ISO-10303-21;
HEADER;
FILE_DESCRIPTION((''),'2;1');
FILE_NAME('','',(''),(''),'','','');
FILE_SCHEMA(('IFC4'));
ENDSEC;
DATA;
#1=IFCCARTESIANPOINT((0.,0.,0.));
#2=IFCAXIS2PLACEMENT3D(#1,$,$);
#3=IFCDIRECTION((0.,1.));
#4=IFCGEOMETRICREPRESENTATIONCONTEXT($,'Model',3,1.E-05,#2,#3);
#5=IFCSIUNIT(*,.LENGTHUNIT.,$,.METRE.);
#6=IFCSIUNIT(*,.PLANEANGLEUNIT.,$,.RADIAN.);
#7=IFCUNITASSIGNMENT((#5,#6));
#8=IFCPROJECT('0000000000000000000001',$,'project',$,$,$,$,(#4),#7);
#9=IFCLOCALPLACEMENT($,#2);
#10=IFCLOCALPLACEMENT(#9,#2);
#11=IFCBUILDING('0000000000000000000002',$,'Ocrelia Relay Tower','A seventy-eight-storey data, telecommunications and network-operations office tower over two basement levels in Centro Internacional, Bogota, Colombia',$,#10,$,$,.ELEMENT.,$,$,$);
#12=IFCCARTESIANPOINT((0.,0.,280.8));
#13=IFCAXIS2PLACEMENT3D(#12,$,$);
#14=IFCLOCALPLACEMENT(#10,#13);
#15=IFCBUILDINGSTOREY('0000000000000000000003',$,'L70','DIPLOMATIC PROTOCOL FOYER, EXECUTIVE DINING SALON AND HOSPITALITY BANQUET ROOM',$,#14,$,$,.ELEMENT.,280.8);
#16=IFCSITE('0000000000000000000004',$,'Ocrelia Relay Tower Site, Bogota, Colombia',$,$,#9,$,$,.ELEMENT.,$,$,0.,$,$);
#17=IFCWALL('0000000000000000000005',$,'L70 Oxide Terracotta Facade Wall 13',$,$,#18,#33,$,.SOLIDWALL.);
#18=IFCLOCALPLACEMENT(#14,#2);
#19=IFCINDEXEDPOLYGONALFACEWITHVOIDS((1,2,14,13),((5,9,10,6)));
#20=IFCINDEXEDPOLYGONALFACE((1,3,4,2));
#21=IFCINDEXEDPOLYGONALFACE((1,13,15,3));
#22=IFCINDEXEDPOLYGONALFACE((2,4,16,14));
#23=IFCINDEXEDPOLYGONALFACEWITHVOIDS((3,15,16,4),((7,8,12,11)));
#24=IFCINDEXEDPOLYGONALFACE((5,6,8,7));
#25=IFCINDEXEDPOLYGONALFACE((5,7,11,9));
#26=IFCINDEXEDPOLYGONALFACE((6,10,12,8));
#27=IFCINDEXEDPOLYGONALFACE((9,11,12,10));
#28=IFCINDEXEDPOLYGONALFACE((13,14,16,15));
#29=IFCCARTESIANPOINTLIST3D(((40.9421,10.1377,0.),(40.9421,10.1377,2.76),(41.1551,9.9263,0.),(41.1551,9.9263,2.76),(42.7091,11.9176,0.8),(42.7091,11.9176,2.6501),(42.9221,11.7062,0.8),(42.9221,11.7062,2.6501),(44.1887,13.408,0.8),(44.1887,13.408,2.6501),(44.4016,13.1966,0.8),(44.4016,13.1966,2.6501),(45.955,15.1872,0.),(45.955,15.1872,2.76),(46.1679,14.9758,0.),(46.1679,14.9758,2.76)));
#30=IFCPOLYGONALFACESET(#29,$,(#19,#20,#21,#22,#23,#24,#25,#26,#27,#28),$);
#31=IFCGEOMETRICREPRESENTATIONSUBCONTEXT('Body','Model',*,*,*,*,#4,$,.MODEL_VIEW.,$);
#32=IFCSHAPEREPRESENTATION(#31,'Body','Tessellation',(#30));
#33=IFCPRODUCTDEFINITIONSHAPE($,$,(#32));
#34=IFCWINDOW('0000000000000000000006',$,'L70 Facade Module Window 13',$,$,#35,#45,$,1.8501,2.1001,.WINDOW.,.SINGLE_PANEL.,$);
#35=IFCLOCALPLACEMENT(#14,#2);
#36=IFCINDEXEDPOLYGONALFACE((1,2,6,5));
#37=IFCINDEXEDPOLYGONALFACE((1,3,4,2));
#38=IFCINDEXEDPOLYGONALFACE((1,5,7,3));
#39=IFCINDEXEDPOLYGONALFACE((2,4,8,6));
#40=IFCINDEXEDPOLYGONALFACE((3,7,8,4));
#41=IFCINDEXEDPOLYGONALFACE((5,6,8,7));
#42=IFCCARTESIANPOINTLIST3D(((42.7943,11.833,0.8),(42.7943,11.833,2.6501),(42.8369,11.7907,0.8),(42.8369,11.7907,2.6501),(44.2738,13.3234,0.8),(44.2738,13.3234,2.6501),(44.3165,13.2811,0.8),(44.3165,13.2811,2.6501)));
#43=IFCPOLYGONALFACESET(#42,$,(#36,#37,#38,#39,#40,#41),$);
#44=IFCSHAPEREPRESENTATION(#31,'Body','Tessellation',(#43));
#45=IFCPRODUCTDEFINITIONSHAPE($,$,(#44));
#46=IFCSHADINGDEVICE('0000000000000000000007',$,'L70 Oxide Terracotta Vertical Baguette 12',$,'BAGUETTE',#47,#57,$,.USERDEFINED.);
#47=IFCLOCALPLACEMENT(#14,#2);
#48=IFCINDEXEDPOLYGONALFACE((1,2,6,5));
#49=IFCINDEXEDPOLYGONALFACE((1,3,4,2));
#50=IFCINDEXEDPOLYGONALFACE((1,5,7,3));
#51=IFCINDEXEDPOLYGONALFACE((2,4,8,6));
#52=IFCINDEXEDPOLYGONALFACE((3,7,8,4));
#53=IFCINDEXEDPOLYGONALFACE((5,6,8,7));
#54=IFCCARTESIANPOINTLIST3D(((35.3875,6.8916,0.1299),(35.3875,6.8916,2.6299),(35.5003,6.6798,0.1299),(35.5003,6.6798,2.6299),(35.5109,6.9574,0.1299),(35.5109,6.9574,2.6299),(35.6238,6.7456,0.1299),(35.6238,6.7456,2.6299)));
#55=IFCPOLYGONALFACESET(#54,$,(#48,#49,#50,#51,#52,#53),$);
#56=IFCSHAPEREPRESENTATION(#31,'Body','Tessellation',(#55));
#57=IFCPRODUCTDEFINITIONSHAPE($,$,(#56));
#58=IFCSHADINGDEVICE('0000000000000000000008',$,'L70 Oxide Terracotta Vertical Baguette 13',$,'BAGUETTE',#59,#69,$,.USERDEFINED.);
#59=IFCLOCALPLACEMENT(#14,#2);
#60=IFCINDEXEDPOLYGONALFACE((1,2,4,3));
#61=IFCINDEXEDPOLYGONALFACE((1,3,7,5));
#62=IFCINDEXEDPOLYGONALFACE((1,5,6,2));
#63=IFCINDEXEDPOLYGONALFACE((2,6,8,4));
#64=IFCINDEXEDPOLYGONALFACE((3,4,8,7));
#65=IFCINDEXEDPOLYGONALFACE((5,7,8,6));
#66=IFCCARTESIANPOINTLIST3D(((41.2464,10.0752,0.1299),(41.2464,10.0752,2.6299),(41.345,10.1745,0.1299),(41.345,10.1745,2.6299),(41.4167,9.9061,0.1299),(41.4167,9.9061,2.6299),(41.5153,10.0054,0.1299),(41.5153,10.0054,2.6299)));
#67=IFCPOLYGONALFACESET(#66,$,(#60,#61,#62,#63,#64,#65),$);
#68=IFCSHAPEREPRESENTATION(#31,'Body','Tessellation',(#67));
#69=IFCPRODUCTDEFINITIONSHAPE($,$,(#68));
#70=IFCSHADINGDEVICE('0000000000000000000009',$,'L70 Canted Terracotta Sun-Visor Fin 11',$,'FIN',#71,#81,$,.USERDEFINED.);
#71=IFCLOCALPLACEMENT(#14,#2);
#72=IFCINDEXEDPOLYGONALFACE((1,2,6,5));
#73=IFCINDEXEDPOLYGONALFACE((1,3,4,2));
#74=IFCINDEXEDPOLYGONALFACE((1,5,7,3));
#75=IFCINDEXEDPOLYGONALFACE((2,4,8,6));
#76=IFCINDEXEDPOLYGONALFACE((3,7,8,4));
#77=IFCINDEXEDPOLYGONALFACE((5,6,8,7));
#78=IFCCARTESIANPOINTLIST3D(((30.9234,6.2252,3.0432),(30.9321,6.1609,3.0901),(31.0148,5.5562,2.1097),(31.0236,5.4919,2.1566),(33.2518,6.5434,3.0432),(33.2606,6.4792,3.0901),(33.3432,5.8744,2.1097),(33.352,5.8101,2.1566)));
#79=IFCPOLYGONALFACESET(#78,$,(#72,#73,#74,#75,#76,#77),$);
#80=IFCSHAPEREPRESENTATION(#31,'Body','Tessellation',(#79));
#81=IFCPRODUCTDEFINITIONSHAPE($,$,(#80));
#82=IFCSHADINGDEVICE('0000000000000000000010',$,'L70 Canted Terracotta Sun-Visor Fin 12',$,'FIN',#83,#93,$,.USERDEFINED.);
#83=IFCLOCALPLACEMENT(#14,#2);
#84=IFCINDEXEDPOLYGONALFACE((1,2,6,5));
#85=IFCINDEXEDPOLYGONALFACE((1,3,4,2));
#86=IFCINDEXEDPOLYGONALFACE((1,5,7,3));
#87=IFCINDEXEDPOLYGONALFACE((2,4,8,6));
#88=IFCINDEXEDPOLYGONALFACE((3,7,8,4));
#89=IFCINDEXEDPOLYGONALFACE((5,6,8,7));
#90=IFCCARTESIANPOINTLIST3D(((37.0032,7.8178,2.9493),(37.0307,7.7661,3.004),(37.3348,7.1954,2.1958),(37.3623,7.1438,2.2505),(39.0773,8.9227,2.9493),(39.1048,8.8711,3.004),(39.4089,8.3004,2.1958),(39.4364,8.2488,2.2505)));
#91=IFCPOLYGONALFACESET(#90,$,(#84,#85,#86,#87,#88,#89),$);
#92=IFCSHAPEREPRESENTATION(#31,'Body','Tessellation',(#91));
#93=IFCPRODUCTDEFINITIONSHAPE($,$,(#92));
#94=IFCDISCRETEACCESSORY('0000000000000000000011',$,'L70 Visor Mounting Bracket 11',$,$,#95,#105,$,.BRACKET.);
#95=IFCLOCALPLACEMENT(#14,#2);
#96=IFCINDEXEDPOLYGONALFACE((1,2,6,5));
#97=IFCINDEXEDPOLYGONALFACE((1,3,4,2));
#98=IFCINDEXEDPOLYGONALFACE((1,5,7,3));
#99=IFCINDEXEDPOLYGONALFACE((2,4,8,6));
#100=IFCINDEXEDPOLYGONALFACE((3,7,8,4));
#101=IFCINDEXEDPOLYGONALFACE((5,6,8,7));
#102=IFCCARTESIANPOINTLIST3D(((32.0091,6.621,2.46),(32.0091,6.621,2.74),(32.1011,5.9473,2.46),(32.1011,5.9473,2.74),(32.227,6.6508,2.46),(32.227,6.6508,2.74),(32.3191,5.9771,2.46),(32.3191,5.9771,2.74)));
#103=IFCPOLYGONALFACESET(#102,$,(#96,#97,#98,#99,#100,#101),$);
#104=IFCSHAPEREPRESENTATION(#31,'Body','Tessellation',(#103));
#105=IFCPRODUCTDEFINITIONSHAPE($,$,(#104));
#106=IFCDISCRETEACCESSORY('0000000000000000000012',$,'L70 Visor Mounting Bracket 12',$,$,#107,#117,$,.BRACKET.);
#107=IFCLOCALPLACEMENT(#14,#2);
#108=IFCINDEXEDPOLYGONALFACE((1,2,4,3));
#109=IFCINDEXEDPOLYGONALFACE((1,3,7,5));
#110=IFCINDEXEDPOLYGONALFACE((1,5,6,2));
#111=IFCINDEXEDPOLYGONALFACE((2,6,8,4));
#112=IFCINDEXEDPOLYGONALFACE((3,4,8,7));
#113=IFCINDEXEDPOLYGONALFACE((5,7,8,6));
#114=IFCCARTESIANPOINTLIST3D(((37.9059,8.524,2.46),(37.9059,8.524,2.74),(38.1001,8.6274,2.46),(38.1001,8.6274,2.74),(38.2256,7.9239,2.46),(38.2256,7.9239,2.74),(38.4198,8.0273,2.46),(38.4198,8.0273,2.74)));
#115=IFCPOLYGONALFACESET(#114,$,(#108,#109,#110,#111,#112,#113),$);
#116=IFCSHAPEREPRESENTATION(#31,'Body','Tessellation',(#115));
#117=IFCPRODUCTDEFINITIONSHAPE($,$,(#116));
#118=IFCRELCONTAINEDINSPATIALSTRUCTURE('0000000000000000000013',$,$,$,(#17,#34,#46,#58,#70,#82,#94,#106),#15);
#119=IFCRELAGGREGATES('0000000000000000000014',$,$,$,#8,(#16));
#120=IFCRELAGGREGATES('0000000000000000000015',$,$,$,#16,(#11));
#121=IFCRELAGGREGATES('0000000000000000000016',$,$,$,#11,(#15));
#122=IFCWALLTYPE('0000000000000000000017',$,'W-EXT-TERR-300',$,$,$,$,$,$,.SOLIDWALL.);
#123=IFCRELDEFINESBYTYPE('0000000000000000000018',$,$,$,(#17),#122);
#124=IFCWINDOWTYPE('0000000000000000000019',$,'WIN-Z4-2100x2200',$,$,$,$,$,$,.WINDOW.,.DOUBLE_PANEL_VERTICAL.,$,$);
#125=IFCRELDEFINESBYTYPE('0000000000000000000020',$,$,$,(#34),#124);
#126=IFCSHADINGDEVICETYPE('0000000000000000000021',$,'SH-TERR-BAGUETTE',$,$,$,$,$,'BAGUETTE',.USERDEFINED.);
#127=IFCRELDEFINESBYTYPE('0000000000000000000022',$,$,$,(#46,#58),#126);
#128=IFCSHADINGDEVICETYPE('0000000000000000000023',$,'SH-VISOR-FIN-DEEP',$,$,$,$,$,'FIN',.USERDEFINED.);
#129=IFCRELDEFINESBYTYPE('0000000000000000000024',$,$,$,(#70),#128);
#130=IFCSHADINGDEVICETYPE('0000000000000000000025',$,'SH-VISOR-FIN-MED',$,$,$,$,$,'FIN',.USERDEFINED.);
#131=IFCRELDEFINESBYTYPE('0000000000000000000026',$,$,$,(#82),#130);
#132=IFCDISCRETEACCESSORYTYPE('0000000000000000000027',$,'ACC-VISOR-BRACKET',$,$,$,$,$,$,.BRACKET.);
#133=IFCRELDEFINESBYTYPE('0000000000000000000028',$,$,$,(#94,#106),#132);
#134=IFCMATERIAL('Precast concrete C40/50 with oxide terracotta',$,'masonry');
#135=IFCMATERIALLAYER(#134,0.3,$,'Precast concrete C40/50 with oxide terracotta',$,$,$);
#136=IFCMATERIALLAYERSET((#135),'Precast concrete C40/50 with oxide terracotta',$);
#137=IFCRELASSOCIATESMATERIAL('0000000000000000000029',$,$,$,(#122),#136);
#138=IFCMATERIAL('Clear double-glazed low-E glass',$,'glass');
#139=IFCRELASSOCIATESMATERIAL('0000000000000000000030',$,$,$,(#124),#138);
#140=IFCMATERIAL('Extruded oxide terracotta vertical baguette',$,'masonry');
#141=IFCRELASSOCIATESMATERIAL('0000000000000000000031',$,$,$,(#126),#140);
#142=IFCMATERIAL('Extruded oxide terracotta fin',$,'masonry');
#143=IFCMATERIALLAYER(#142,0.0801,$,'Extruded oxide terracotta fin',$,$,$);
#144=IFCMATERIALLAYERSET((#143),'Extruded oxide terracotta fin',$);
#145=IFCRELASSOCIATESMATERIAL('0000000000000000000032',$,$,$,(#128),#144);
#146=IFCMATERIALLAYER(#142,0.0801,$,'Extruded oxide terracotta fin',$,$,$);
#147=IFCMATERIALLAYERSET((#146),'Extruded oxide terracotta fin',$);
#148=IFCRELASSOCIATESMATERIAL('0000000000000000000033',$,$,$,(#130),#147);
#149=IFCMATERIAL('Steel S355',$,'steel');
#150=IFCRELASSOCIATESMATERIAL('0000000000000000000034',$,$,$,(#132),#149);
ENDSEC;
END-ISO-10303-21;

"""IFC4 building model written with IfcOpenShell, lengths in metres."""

from ifc_helpers import new_model, si_unit, direction, frame, frame_2d, origin, origin_2d, place, context, subcontext, project, spatial, rectangle, extrude, material, layer, layer_set, type_object, element, fill, save


model = new_model("IFC4")

# Units and contexts
model_context = context("Model", 3, precision=1e-05, world=origin(), true_north=direction((0.0, 1.0)))
body_context = subcontext(model_context, "Body", "Model", "MODEL_VIEW")
ifc_project = project(units=[si_unit("LENGTHUNIT", "METRE"), si_unit("PLANEANGLEUNIT", "RADIAN")], contexts=[model_context])

# Site, building, storey
site_placement = place(None, origin())
site = spatial("IfcSite", under=ifc_project, at=site_placement, Name="Ocrelia Relay Tower Site, Bogota, Colombia", CompositionType="ELEMENT", RefElevation=0.0)
building_placement = place(site_placement, origin())
building = spatial("IfcBuilding", under=site, at=building_placement, Name="Ocrelia Relay Tower", Description="A seventy-eight-storey data, telecommunications and network-operations office tower over two basement levels in Centro Internacional, Bogota, Colombia", CompositionType="ELEMENT")
storey_placement = place(building_placement, frame((0.0, 0.0, 280.8)))
storey = spatial("IfcBuildingStorey", under=building, at=storey_placement, Name="L70", Description="DIPLOMATIC PROTOCOL FOYER, EXECUTIVE DINING SALON AND HOSPITALITY BANQUET ROOM", CompositionType="ELEMENT", Elevation=280.8)

# Shared definitions
ifc_material_1 = material(Name="Steel S355", Category="steel")

# Wall, opening, window
ifc_material_2 = material(Name="Precast concrete C40/50 with oxide terracotta", Category="masonry")
ifc_layer_1 = layer(ifc_material_2, 0.3, Name="Precast concrete C40/50 with oxide terracotta")
ifc_layer_set_1 = layer_set([ifc_layer_1], Name="Precast concrete C40/50 with oxide terracotta")
wall_type_1 = type_object("IfcWallType", Name="W-EXT-TERR-300", PredefinedType="SOLIDWALL", material=ifc_layer_set_1)
ifc_material_3 = material(Name="Clear double-glazed low-E glass", Category="glass")
window_type = type_object("IfcWindowType", Name="WIN-Z4-2100x2200", PartitioningType="DOUBLE_PANEL_VERTICAL", PredefinedType="WINDOW", material=ifc_material_3)
wall_1_placement = place(storey_placement, frame((41.0486, 10.032, 0.0), z_axis=(0.0, 0.0, 1.0), x_axis=(0.704529, 0.709675, 0.0)))
wall_1 = element("IfcWall", 1, at=wall_1_placement, inside=storey, type_object=wall_type_1, Name="L70 Oxide Terracotta Facade Wall 13", PredefinedType="SOLIDWALL", context=body_context, shape_type="SweptSolid", body=[
    extrude(rectangle(XDim=7.1152, YDim=0.3, at=frame_2d((3.5576, 0.0))), origin(), (0.0, 0.0, 1.0), 2.76),
])
opening_1_placement = place(wall_1_placement, frame((2.5081, 0.0, 0.8)))
opening_1 = element("IfcOpeningElement", 2, at=opening_1_placement, cuts=wall_1, PredefinedType="OPENING", context=body_context, shape_type="SweptSolid", body=[
    extrude(rectangle(XDim=2.1001, YDim=1.8501, at=frame_2d((1.05, 0.925))), frame((0.0, 0.1602, 0.0), z_axis=(0.0, -1.0, 0.0), x_axis=(1.0, 0.0, 0.0)), (0.0, 0.0, 1.0), 0.3201),
])
window_1_placement = place(opening_1_placement, origin())
window_1 = element("IfcWindow", 3, at=window_1_placement, inside=storey, type_object=window_type, Name="L70 Facade Module Window 13", OverallHeight=1.8501, OverallWidth=2.1001, PartitioningType="SINGLE_PANEL", PredefinedType="WINDOW", context=body_context, shape_type="SweptSolid", body=[
    extrude(rectangle(XDim=2.1001, YDim=1.8501, at=frame_2d((1.05, 0.925))), frame((0.0, 0.03, 0.0), z_axis=(0.0, -1.0, 0.0), x_axis=(1.0, 0.0, 0.0)), (0.0, 0.0, 1.0), 0.0601),
])
fill(opening_1, window_1)

# Shading devices
ifc_material_4 = material(Name="Extruded oxide terracotta vertical baguette", Category="masonry")
shading_device_type_1 = type_object("IfcShadingDeviceType", Name="SH-TERR-BAGUETTE", ElementType="BAGUETTE", PredefinedType="USERDEFINED", material=ifc_material_4)
for number, where, z_axis, x_axis, name in (
    (4, (35.5056, 6.8186, 0.1299), (0.0, 0.0, 1.0), (0.882567, 0.470186, 0.0), "L70 Oxide Terracotta Vertical Baguette 12"),
    (5, (41.3809, 10.0403, 0.1299), (0.0, 0.0, 1.0), (0.70453, 0.709674, 0.0), "L70 Oxide Terracotta Vertical Baguette 13"),
):
    element("IfcShadingDevice", number, at=place(storey_placement, frame(where, z_axis=z_axis, x_axis=x_axis)), inside=storey, type_object=shading_device_type_1, Name=name, ObjectType="BAGUETTE", PredefinedType="USERDEFINED", context=body_context, shape_type="SweptSolid", body=[
        extrude(rectangle(XDim=0.1399, YDim=0.24, at=origin_2d()), origin(), (0.0, 0.0, 1.0), 2.5),
    ])
ifc_material_5 = material(Name="Extruded oxide terracotta fin", Category="masonry")
ifc_layer_2 = layer(ifc_material_5, 0.0801, Name="Extruded oxide terracotta fin")
ifc_layer_set_2 = layer_set([ifc_layer_2], Name="Extruded oxide terracotta fin")
shading_device_type_2 = type_object("IfcShadingDeviceType", Name="SH-VISOR-FIN-DEEP", ElementType="FIN", PredefinedType="USERDEFINED", material=ifc_layer_set_2)
shading_device_1_placement = place(storey_placement, frame((32.1333, 6.0498, 2.5764), z_axis=(0.109724, -0.802782, 0.58609), x_axis=(0.990788, 0.135421, 0.0)))
element("IfcShadingDevice", 6, at=shading_device_1_placement, inside=storey, type_object=shading_device_type_2, Name="L70 Canted Terracotta Sun-Visor Fin 11", ObjectType="FIN", PredefinedType="USERDEFINED", context=body_context, shape_type="SweptSolid", body=[
    extrude(rectangle(XDim=2.3501, YDim=1.1521, at=origin_2d()), origin(), (0.0, 0.0, 1.0), 0.0801),
])
ifc_layer_3 = layer(ifc_material_5, 0.0801, Name="Extruded oxide terracotta fin")
ifc_layer_set_3 = layer_set([ifc_layer_3], Name="Extruded oxide terracotta fin")
shading_device_type_3 = type_object("IfcShadingDeviceType", Name="SH-VISOR-FIN-MED", ElementType="FIN", PredefinedType="USERDEFINED", material=ifc_layer_set_3)
shading_device_2_placement = place(storey_placement, frame((38.2061, 8.0591, 2.5725), z_axis=(0.343312, -0.644417, 0.683274), x_axis=(0.882567, 0.470186, 0.0)))
element("IfcShadingDevice", 7, at=shading_device_2_placement, inside=storey, type_object=shading_device_type_3, Name="L70 Canted Terracotta Sun-Visor Fin 12", ObjectType="FIN", PredefinedType="USERDEFINED", context=body_context, shape_type="SweptSolid", body=[
    extrude(rectangle(XDim=2.3501, YDim=1.032, at=origin_2d()), origin(), (0.0, 0.0, 1.0), 0.0801),
])

# Discrete accessories
discrete_accessory_type = type_object("IfcDiscreteAccessoryType", Name="ACC-VISOR-BRACKET", PredefinedType="BRACKET", material=ifc_material_1)
for number, where, z_axis, x_axis, name in (
    (8, (32.1641, 6.2991, 2.46), (0.0, 0.0, 1.0), (0.990788, 0.135421, 0.0), "L70 Visor Mounting Bracket 11"),
    (9, (38.1628, 8.2756, 2.46), (0.0, 0.0, 1.0), (0.882567, 0.470186, 0.0), "L70 Visor Mounting Bracket 12"),
):
    element("IfcDiscreteAccessory", number, at=place(storey_placement, frame(where, z_axis=z_axis, x_axis=x_axis)), inside=storey, type_object=discrete_accessory_type, Name=name, PredefinedType="BRACKET", context=body_context, shape_type="SweptSolid", body=[
        extrude(rectangle(XDim=0.22, YDim=0.6799, at=origin_2d()), origin(), (0.0, 0.0, 1.0), 0.28),
    ])

save(model, "model.ifc")
